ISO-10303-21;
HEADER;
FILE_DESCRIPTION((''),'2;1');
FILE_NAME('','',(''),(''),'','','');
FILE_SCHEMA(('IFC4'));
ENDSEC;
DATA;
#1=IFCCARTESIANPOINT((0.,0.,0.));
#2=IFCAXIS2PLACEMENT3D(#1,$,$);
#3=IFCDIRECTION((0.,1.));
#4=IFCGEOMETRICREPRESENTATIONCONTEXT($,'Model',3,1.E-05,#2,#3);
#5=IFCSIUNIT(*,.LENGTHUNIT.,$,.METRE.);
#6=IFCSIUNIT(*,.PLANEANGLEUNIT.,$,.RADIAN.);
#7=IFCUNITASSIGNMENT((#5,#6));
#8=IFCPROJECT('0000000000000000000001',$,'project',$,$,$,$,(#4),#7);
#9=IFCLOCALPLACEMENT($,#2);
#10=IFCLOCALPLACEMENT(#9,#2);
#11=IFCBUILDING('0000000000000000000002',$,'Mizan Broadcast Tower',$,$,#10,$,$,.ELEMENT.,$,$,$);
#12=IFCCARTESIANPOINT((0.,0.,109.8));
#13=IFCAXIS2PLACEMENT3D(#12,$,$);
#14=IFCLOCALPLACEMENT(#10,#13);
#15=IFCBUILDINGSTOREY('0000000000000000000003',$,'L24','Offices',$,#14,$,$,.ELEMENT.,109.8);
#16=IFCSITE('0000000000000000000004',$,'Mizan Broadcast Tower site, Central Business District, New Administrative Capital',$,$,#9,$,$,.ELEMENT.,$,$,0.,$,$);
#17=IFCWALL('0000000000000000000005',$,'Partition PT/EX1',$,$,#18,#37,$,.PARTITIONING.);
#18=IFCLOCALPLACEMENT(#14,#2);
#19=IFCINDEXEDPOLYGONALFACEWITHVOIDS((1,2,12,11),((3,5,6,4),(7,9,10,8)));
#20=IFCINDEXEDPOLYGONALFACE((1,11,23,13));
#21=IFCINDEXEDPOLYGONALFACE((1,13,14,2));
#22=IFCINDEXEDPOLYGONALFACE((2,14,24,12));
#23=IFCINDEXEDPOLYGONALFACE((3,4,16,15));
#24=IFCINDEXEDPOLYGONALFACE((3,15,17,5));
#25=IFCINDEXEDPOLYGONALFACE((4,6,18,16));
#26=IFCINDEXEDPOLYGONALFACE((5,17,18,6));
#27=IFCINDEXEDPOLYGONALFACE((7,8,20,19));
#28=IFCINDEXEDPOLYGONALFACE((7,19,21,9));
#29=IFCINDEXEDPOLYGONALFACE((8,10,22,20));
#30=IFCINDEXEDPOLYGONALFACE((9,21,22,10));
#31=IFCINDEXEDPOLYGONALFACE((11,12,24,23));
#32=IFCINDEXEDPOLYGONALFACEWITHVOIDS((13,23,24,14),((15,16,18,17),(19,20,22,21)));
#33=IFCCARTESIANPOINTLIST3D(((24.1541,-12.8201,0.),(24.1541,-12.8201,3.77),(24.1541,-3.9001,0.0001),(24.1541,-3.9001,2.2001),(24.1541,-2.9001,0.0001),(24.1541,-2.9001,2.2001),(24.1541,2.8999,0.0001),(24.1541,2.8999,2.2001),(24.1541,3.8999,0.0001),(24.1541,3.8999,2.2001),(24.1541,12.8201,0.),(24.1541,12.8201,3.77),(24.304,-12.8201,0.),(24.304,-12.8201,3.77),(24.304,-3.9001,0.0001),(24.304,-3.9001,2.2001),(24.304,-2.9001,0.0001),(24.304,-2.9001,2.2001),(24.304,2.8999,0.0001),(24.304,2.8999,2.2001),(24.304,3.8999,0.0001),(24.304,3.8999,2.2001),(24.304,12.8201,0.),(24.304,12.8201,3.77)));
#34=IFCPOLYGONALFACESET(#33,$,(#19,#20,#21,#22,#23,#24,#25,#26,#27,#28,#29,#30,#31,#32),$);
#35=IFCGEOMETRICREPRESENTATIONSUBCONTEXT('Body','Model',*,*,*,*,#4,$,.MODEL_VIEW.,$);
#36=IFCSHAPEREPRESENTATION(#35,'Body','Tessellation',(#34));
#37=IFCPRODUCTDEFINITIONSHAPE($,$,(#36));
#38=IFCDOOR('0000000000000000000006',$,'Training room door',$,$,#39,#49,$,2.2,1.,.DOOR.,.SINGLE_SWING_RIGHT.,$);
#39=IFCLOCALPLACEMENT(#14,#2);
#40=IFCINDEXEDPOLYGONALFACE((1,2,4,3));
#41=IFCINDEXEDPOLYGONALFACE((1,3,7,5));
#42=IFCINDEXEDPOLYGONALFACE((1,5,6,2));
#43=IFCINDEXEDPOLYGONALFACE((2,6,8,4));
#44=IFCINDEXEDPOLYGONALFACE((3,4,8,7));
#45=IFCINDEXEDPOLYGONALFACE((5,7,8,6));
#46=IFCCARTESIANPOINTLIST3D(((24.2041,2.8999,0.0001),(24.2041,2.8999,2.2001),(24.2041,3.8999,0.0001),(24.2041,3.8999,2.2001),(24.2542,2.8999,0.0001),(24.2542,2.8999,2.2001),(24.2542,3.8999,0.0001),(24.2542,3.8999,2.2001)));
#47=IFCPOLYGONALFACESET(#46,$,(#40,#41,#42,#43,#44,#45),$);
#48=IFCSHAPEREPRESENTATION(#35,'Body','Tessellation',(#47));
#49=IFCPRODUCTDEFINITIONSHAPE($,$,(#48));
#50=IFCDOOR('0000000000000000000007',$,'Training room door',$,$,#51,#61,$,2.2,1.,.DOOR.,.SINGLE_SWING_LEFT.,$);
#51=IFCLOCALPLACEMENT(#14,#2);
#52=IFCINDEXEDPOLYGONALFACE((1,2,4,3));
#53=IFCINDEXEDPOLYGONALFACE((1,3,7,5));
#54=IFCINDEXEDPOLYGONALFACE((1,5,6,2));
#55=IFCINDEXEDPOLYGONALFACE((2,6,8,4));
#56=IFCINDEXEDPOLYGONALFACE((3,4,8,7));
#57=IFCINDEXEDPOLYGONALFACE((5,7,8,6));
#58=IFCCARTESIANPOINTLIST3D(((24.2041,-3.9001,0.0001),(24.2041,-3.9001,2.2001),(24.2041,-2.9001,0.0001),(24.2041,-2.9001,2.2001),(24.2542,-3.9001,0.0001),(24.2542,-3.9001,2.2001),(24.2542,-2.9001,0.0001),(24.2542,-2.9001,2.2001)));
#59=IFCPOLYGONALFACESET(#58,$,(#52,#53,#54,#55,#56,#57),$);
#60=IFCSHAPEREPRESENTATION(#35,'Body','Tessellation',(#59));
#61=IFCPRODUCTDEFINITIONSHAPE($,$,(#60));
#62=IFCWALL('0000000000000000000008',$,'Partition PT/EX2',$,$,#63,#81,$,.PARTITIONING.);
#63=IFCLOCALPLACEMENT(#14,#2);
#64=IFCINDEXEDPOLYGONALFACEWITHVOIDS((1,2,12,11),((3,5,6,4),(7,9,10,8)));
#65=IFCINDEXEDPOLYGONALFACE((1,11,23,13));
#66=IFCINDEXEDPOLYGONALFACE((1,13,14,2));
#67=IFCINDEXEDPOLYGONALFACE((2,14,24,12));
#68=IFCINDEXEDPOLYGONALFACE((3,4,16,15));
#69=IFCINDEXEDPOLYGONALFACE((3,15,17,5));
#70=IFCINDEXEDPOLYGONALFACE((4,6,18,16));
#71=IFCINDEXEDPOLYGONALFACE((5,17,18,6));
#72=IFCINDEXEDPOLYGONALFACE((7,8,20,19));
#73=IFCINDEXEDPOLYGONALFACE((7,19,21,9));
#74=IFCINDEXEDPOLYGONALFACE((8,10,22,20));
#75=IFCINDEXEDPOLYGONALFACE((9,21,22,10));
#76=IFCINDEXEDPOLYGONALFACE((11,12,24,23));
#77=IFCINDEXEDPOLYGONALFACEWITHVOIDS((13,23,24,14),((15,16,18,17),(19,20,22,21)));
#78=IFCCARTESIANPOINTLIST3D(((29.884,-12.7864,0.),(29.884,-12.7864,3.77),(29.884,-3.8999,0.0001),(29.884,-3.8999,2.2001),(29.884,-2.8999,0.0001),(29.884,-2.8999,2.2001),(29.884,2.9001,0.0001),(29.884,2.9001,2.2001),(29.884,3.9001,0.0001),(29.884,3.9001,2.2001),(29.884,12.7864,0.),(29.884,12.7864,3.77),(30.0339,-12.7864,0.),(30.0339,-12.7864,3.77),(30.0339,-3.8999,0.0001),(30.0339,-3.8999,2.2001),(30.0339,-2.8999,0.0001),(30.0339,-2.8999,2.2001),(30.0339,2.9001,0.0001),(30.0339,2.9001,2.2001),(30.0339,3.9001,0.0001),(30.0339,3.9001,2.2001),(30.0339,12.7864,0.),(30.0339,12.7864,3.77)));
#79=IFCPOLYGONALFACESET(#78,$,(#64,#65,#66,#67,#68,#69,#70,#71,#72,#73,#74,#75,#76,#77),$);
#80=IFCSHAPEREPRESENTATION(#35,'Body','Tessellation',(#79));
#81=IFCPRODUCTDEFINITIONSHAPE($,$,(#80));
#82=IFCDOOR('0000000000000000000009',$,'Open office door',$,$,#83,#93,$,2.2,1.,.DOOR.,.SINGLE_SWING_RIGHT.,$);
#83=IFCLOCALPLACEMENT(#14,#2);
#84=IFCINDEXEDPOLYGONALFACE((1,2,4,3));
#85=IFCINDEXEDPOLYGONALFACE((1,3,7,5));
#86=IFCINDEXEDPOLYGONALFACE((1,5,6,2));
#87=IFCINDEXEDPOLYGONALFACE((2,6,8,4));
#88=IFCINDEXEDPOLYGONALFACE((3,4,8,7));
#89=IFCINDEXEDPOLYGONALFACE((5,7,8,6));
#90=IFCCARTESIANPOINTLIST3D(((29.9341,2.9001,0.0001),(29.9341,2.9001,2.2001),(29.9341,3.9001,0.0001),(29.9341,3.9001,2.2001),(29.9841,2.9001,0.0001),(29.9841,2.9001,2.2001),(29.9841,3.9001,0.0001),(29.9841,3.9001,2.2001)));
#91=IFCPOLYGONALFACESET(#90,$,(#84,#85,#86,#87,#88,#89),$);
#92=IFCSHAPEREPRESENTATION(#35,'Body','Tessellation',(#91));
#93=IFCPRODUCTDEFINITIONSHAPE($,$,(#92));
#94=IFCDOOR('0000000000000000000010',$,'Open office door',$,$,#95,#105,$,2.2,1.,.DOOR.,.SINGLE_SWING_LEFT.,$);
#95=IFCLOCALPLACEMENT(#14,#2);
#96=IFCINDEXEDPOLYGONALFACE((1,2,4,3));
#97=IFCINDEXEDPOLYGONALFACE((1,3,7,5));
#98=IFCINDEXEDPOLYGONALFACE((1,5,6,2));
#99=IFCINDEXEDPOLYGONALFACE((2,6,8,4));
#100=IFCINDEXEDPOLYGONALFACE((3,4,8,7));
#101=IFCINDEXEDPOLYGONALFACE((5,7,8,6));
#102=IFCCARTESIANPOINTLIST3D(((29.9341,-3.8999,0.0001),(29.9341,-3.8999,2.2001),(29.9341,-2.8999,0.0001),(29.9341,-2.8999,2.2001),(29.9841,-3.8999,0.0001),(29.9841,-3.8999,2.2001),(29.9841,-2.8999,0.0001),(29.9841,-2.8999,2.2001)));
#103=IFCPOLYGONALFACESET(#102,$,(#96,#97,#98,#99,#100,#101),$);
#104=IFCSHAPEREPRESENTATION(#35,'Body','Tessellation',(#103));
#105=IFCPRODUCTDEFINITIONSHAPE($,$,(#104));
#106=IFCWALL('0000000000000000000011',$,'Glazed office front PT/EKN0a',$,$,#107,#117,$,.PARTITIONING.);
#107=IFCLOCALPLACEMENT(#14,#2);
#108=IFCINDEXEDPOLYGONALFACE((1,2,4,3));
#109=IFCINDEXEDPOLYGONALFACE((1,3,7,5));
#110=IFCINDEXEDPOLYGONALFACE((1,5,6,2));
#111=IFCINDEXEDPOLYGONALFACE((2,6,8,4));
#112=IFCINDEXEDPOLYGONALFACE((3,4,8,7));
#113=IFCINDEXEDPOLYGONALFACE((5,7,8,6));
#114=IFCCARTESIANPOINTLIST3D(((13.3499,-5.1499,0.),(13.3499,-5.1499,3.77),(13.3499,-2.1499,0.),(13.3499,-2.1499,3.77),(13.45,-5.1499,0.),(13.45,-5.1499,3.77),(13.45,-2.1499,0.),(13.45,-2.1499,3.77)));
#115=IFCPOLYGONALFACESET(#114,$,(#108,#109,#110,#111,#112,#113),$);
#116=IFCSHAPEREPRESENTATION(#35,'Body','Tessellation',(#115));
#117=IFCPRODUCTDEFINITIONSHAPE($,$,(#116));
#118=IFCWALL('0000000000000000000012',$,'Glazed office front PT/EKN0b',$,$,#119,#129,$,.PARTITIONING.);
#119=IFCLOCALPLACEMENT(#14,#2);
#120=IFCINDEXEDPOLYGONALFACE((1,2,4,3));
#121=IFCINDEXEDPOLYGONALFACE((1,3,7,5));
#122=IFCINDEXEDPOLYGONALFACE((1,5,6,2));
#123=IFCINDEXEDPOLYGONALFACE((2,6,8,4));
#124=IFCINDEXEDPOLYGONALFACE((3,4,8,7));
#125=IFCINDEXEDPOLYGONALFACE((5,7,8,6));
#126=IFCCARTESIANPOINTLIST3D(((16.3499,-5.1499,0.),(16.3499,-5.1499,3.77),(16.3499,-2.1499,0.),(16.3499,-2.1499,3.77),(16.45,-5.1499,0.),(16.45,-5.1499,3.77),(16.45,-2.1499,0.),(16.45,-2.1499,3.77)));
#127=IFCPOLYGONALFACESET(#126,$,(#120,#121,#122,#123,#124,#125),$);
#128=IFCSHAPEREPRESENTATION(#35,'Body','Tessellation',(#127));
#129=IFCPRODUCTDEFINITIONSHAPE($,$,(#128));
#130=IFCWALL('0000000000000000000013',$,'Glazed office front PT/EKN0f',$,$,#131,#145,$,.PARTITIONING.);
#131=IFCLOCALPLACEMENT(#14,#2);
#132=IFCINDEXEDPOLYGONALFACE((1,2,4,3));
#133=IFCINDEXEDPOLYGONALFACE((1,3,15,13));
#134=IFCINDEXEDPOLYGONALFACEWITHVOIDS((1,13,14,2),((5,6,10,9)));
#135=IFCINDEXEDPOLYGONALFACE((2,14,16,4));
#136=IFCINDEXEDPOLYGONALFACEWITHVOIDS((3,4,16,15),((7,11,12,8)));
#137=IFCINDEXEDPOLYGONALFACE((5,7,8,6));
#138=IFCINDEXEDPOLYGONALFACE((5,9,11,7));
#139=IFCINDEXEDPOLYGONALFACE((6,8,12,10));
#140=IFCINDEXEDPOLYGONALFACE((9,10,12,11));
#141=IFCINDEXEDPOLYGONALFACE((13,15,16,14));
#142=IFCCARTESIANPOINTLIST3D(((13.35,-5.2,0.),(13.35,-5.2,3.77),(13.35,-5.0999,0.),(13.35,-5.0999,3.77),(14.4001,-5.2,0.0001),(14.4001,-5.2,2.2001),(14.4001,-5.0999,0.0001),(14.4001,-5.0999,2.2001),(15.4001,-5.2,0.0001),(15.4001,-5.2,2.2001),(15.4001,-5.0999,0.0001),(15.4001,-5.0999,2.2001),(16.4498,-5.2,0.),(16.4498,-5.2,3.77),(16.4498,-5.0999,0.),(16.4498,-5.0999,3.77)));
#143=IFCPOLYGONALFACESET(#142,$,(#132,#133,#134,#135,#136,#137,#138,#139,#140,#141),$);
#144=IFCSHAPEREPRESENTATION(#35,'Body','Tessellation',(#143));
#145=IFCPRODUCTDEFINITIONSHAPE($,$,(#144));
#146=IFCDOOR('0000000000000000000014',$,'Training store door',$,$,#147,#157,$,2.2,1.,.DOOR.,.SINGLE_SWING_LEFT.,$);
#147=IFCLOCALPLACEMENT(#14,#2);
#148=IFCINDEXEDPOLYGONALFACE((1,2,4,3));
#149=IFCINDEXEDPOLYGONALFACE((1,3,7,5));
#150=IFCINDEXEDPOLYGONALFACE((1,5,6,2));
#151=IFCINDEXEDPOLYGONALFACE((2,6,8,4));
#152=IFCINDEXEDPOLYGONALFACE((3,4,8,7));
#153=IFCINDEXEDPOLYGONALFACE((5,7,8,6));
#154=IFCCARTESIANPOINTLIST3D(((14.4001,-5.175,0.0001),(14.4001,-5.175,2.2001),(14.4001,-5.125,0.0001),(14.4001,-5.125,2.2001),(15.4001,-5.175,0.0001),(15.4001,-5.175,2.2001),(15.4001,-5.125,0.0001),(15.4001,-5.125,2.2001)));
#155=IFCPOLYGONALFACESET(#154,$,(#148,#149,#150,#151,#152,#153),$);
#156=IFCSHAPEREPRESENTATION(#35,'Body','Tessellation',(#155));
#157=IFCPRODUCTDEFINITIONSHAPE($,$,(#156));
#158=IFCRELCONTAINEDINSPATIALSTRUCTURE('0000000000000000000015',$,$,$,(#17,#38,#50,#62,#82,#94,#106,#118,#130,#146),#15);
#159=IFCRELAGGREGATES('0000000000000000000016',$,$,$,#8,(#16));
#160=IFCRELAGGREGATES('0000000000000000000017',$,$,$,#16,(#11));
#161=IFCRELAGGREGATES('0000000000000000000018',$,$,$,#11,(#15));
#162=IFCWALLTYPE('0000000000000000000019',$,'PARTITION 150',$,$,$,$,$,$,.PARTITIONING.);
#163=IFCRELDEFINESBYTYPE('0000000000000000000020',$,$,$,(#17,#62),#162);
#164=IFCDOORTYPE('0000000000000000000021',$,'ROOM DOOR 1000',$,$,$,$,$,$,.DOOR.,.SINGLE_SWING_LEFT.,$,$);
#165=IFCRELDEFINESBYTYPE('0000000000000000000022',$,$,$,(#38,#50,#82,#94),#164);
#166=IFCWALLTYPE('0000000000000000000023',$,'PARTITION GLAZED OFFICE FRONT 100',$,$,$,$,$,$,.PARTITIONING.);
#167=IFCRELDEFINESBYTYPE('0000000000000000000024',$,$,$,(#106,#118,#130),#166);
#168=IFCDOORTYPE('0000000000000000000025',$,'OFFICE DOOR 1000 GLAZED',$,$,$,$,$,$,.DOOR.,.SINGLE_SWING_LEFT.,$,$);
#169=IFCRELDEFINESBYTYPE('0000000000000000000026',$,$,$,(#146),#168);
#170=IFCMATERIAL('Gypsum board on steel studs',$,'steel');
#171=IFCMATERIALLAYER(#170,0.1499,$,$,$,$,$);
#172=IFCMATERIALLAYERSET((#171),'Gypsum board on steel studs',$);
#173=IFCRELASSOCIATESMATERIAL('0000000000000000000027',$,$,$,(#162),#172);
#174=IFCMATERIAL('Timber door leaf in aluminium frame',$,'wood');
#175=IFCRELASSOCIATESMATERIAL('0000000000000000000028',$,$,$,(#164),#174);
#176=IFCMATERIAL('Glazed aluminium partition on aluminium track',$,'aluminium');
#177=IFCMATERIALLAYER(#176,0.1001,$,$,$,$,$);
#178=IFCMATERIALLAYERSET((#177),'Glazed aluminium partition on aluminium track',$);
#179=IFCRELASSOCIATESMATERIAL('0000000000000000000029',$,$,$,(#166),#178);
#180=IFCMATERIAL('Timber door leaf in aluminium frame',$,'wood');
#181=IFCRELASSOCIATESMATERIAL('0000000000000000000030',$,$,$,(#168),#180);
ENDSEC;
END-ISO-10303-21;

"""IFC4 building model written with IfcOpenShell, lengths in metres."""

from ifc_helpers import new_model, si_unit, direction, frame, frame_2d, origin, place, context, subcontext, project, spatial, rectangle, extrude, material, layer, layer_set, type_object, element, fill, save


model = new_model("IFC4")

# Units and contexts
model_context = context("Model", 3, precision=1e-05, world=origin(), true_north=direction((0.0, 1.0)))
body_context = subcontext(model_context, "Body", "Model", "MODEL_VIEW")
ifc_project = project(units=[si_unit("LENGTHUNIT", "METRE"), si_unit("PLANEANGLEUNIT", "RADIAN")], contexts=[model_context])

# Site, building, storey
site_placement = place(None, origin())
site = spatial("IfcSite", under=ifc_project, at=site_placement, Name="Mizan Broadcast Tower site, Central Business District, New Administrative Capital", CompositionType="ELEMENT", RefElevation=0.0)
building_placement = place(site_placement, origin())
building = spatial("IfcBuilding", under=site, at=building_placement, Name="Mizan Broadcast Tower", CompositionType="ELEMENT")
storey_placement = place(building_placement, frame((0.0, 0.0, 109.8)))
storey = spatial("IfcBuildingStorey", under=building, at=storey_placement, Name="L24", Description="Offices", CompositionType="ELEMENT", Elevation=109.8)

# Walls, openings, doors
ifc_material_1 = material(Name="Gypsum board on steel studs", Category="steel")
ifc_layer_1 = layer(ifc_material_1, 0.1499)
ifc_layer_set_1 = layer_set([ifc_layer_1], Name="Gypsum board on steel studs")
wall_type_1 = type_object("IfcWallType", Name="PARTITION 150", PredefinedType="PARTITIONING", material=ifc_layer_set_1)
wall_1_placement = place(storey_placement, frame((24.229, -12.8201, 0.0), z_axis=(0.0, 0.0, 1.0), x_axis=(0.0, 1.0, 0.0)))
wall_1 = element("IfcWall", 1, at=wall_1_placement, inside=storey, type_object=wall_type_1, Name="Partition PT/EX1", PredefinedType="PARTITIONING", context=body_context, shape_type="SweptSolid", body=[
    extrude(rectangle(XDim=25.6401, YDim=0.1499, at=frame_2d((12.8201, 0.0))), origin(), (0.0, 0.0, 1.0), 3.77),
])
opening_1_placement = place(wall_1_placement, frame((15.72, 0.0, 0.0)))
opening_1 = element("IfcOpeningElement", 2, at=opening_1_placement, cuts=wall_1, PredefinedType="OPENING", context=body_context, shape_type="SweptSolid", body=[
    extrude(rectangle(XDim=1.0, YDim=2.2, at=frame_2d((0.5, 1.1001))), frame((0.0, 0.085, 0.0), z_axis=(0.0, -1.0, 0.0), x_axis=(1.0, 0.0, 0.0)), (0.0, 0.0, 1.0), 0.1699),
])
opening_2_placement = place(wall_1_placement, frame((8.9199, 0.0, 0.0)))
opening_2 = element("IfcOpeningElement", 3, at=opening_2_placement, cuts=wall_1, PredefinedType="OPENING", context=body_context, shape_type="SweptSolid", body=[
    extrude(rectangle(XDim=1.0, YDim=2.2, at=frame_2d((0.5, 1.1001))), frame((0.0, 0.085, 0.0), z_axis=(0.0, -1.0, 0.0), x_axis=(1.0, 0.0, 0.0)), (0.0, 0.0, 1.0), 0.1699),
])
ifc_material_2 = material(Name="Timber door leaf in aluminium frame", Category="wood")
door_type_1 = type_object("IfcDoorType", Name="ROOM DOOR 1000", OperationType="SINGLE_SWING_LEFT", PredefinedType="DOOR", material=ifc_material_2)
door_1_placement = place(opening_1_placement, origin())
door_1 = element("IfcDoor", 4, at=door_1_placement, inside=storey, type_object=door_type_1, Name="Training room door", OperationType="SINGLE_SWING_RIGHT", OverallHeight=2.2, OverallWidth=1.0, PredefinedType="DOOR", context=body_context, shape_type="SweptSolid", body=[
    extrude(rectangle(XDim=1.0, YDim=2.2, at=frame_2d((0.5, 1.1001))), frame((0.0, 0.0249, 0.0), z_axis=(0.0, -1.0, 0.0), x_axis=(1.0, 0.0, 0.0)), (0.0, 0.0, 1.0), 0.05),
])
fill(opening_1, door_1)
door_2_placement = place(opening_2_placement, origin())
door_2 = element("IfcDoor", 5, at=door_2_placement, inside=storey, type_object=door_type_1, Name="Training room door", OperationType="SINGLE_SWING_LEFT", OverallHeight=2.2, OverallWidth=1.0, PredefinedType="DOOR", context=body_context, shape_type="SweptSolid", body=[
    extrude(rectangle(XDim=1.0, YDim=2.2, at=frame_2d((0.5, 1.1001))), frame((0.0, 0.0249, 0.0), z_axis=(0.0, -1.0, 0.0), x_axis=(1.0, 0.0, 0.0)), (0.0, 0.0, 1.0), 0.05),
])
fill(opening_2, door_2)
wall_2_placement = place(storey_placement, frame((29.959, -12.7864, 0.0), z_axis=(0.0, 0.0, 1.0), x_axis=(0.0, 1.0, 0.0)))
wall_2 = element("IfcWall", 6, at=wall_2_placement, inside=storey, type_object=wall_type_1, Name="Partition PT/EX2", PredefinedType="PARTITIONING", context=body_context, shape_type="SweptSolid", body=[
    extrude(rectangle(XDim=25.5728, YDim=0.1499, at=frame_2d((12.7864, 0.0))), origin(), (0.0, 0.0, 1.0), 3.77),
])
opening_3_placement = place(wall_2_placement, frame((15.6865, 0.0, 0.0)))
opening_3 = element("IfcOpeningElement", 7, at=opening_3_placement, cuts=wall_2, PredefinedType="OPENING", context=body_context, shape_type="SweptSolid", body=[
    extrude(rectangle(XDim=1.0, YDim=2.2, at=frame_2d((0.5, 1.1001))), frame((0.0, 0.085, 0.0), z_axis=(0.0, -1.0, 0.0), x_axis=(1.0, 0.0, 0.0)), (0.0, 0.0, 1.0), 0.1699),
])
opening_4_placement = place(wall_2_placement, frame((8.8865, 0.0, 0.0)))
opening_4 = element("IfcOpeningElement", 8, at=opening_4_placement, cuts=wall_2, PredefinedType="OPENING", context=body_context, shape_type="SweptSolid", body=[
    extrude(rectangle(XDim=1.0, YDim=2.2, at=frame_2d((0.5, 1.1001))), frame((0.0, 0.085, 0.0), z_axis=(0.0, -1.0, 0.0), x_axis=(1.0, 0.0, 0.0)), (0.0, 0.0, 1.0), 0.1699),
])
door_3_placement = place(opening_3_placement, origin())
door_3 = element("IfcDoor", 9, at=door_3_placement, inside=storey, type_object=door_type_1, Name="Open office door", OperationType="SINGLE_SWING_RIGHT", OverallHeight=2.2, OverallWidth=1.0, PredefinedType="DOOR", context=body_context, shape_type="SweptSolid", body=[
    extrude(rectangle(XDim=1.0, YDim=2.2, at=frame_2d((0.5, 1.1001))), frame((0.0, 0.0249, 0.0), z_axis=(0.0, -1.0, 0.0), x_axis=(1.0, 0.0, 0.0)), (0.0, 0.0, 1.0), 0.05),
])
fill(opening_3, door_3)
door_4_placement = place(opening_4_placement, origin())
door_4 = element("IfcDoor", 10, at=door_4_placement, inside=storey, type_object=door_type_1, Name="Open office door", OperationType="SINGLE_SWING_LEFT", OverallHeight=2.2, OverallWidth=1.0, PredefinedType="DOOR", context=body_context, shape_type="SweptSolid", body=[
    extrude(rectangle(XDim=1.0, YDim=2.2, at=frame_2d((0.5, 1.1001))), frame((0.0, 0.0249, 0.0), z_axis=(0.0, -1.0, 0.0), x_axis=(1.0, 0.0, 0.0)), (0.0, 0.0, 1.0), 0.05),
])
fill(opening_4, door_4)

# Walls
ifc_material_3 = material(Name="Glazed aluminium partition on aluminium track", Category="aluminium")
ifc_layer_2 = layer(ifc_material_3, 0.1001)
ifc_layer_set_2 = layer_set([ifc_layer_2], Name="Glazed aluminium partition on aluminium track")
wall_type_2 = type_object("IfcWallType", Name="PARTITION GLAZED OFFICE FRONT 100", PredefinedType="PARTITIONING", material=ifc_layer_set_2)
for number, where, z_axis, x_axis, name in (
    (11, (13.3999, -2.1499, 0.0), (0.0, 0.0, 1.0), (0.0, -1.0, 0.0), "Glazed office front PT/EKN0a"),
    (12, (16.3999, -2.1499, 0.0), (0.0, 0.0, 1.0), (0.0, -1.0, 0.0), "Glazed office front PT/EKN0b"),
):
    element("IfcWall", number, at=place(storey_placement, frame(where, z_axis=z_axis, x_axis=x_axis)), inside=storey, type_object=wall_type_2, Name=name, PredefinedType="PARTITIONING", context=body_context, shape_type="SweptSolid", body=[
        extrude(rectangle(XDim=3.0, YDim=0.1001, at=frame_2d((1.5, 0.0))), origin(), (0.0, 0.0, 1.0), 3.77),
    ])

# Wall, opening, door
wall_3_placement = place(storey_placement, frame((13.3501, -5.1499, 0.0), z_axis=(0.0, 0.0, 1.0), x_axis=(1.0, 0.0, 0.0)))
wall_3 = element("IfcWall", 13, at=wall_3_placement, inside=storey, type_object=wall_type_2, Name="Glazed office front PT/EKN0f", PredefinedType="PARTITIONING", context=body_context, shape_type="SweptSolid", body=[
    extrude(rectangle(XDim=3.0999, YDim=0.1001, at=frame_2d((1.5498, 0.0))), origin(), (0.0, 0.0, 1.0), 3.77),
])
opening_5_placement = place(wall_3_placement, frame((1.05, 0.0, 0.0)))
opening_5 = element("IfcOpeningElement", 14, at=opening_5_placement, cuts=wall_3, PredefinedType="OPENING", context=body_context, shape_type="SweptSolid", body=[
    extrude(rectangle(XDim=1.0, YDim=2.2, at=frame_2d((0.5, 1.1001))), frame((0.0, 0.0601, 0.0), z_axis=(0.0, -1.0, 0.0), x_axis=(1.0, 0.0, 0.0)), (0.0, 0.0, 1.0), 0.1201),
])
ifc_material_4 = material(Name="Timber door leaf in aluminium frame", Category="wood")
door_type_2 = type_object("IfcDoorType", Name="OFFICE DOOR 1000 GLAZED", OperationType="SINGLE_SWING_LEFT", PredefinedType="DOOR", material=ifc_material_4)
door_5_placement = place(opening_5_placement, origin())
door_5 = element("IfcDoor", 15, at=door_5_placement, inside=storey, type_object=door_type_2, Name="Training store door", OperationType="SINGLE_SWING_LEFT", OverallHeight=2.2, OverallWidth=1.0, PredefinedType="DOOR", context=body_context, shape_type="SweptSolid", body=[
    extrude(rectangle(XDim=1.0, YDim=2.2, at=frame_2d((0.5, 1.1001))), frame((0.0, 0.0249, 0.0), z_axis=(0.0, -1.0, 0.0), x_axis=(1.0, 0.0, 0.0)), (0.0, 0.0, 1.0), 0.05),
])
fill(opening_5, door_5)

save(model, "model.ifc")
